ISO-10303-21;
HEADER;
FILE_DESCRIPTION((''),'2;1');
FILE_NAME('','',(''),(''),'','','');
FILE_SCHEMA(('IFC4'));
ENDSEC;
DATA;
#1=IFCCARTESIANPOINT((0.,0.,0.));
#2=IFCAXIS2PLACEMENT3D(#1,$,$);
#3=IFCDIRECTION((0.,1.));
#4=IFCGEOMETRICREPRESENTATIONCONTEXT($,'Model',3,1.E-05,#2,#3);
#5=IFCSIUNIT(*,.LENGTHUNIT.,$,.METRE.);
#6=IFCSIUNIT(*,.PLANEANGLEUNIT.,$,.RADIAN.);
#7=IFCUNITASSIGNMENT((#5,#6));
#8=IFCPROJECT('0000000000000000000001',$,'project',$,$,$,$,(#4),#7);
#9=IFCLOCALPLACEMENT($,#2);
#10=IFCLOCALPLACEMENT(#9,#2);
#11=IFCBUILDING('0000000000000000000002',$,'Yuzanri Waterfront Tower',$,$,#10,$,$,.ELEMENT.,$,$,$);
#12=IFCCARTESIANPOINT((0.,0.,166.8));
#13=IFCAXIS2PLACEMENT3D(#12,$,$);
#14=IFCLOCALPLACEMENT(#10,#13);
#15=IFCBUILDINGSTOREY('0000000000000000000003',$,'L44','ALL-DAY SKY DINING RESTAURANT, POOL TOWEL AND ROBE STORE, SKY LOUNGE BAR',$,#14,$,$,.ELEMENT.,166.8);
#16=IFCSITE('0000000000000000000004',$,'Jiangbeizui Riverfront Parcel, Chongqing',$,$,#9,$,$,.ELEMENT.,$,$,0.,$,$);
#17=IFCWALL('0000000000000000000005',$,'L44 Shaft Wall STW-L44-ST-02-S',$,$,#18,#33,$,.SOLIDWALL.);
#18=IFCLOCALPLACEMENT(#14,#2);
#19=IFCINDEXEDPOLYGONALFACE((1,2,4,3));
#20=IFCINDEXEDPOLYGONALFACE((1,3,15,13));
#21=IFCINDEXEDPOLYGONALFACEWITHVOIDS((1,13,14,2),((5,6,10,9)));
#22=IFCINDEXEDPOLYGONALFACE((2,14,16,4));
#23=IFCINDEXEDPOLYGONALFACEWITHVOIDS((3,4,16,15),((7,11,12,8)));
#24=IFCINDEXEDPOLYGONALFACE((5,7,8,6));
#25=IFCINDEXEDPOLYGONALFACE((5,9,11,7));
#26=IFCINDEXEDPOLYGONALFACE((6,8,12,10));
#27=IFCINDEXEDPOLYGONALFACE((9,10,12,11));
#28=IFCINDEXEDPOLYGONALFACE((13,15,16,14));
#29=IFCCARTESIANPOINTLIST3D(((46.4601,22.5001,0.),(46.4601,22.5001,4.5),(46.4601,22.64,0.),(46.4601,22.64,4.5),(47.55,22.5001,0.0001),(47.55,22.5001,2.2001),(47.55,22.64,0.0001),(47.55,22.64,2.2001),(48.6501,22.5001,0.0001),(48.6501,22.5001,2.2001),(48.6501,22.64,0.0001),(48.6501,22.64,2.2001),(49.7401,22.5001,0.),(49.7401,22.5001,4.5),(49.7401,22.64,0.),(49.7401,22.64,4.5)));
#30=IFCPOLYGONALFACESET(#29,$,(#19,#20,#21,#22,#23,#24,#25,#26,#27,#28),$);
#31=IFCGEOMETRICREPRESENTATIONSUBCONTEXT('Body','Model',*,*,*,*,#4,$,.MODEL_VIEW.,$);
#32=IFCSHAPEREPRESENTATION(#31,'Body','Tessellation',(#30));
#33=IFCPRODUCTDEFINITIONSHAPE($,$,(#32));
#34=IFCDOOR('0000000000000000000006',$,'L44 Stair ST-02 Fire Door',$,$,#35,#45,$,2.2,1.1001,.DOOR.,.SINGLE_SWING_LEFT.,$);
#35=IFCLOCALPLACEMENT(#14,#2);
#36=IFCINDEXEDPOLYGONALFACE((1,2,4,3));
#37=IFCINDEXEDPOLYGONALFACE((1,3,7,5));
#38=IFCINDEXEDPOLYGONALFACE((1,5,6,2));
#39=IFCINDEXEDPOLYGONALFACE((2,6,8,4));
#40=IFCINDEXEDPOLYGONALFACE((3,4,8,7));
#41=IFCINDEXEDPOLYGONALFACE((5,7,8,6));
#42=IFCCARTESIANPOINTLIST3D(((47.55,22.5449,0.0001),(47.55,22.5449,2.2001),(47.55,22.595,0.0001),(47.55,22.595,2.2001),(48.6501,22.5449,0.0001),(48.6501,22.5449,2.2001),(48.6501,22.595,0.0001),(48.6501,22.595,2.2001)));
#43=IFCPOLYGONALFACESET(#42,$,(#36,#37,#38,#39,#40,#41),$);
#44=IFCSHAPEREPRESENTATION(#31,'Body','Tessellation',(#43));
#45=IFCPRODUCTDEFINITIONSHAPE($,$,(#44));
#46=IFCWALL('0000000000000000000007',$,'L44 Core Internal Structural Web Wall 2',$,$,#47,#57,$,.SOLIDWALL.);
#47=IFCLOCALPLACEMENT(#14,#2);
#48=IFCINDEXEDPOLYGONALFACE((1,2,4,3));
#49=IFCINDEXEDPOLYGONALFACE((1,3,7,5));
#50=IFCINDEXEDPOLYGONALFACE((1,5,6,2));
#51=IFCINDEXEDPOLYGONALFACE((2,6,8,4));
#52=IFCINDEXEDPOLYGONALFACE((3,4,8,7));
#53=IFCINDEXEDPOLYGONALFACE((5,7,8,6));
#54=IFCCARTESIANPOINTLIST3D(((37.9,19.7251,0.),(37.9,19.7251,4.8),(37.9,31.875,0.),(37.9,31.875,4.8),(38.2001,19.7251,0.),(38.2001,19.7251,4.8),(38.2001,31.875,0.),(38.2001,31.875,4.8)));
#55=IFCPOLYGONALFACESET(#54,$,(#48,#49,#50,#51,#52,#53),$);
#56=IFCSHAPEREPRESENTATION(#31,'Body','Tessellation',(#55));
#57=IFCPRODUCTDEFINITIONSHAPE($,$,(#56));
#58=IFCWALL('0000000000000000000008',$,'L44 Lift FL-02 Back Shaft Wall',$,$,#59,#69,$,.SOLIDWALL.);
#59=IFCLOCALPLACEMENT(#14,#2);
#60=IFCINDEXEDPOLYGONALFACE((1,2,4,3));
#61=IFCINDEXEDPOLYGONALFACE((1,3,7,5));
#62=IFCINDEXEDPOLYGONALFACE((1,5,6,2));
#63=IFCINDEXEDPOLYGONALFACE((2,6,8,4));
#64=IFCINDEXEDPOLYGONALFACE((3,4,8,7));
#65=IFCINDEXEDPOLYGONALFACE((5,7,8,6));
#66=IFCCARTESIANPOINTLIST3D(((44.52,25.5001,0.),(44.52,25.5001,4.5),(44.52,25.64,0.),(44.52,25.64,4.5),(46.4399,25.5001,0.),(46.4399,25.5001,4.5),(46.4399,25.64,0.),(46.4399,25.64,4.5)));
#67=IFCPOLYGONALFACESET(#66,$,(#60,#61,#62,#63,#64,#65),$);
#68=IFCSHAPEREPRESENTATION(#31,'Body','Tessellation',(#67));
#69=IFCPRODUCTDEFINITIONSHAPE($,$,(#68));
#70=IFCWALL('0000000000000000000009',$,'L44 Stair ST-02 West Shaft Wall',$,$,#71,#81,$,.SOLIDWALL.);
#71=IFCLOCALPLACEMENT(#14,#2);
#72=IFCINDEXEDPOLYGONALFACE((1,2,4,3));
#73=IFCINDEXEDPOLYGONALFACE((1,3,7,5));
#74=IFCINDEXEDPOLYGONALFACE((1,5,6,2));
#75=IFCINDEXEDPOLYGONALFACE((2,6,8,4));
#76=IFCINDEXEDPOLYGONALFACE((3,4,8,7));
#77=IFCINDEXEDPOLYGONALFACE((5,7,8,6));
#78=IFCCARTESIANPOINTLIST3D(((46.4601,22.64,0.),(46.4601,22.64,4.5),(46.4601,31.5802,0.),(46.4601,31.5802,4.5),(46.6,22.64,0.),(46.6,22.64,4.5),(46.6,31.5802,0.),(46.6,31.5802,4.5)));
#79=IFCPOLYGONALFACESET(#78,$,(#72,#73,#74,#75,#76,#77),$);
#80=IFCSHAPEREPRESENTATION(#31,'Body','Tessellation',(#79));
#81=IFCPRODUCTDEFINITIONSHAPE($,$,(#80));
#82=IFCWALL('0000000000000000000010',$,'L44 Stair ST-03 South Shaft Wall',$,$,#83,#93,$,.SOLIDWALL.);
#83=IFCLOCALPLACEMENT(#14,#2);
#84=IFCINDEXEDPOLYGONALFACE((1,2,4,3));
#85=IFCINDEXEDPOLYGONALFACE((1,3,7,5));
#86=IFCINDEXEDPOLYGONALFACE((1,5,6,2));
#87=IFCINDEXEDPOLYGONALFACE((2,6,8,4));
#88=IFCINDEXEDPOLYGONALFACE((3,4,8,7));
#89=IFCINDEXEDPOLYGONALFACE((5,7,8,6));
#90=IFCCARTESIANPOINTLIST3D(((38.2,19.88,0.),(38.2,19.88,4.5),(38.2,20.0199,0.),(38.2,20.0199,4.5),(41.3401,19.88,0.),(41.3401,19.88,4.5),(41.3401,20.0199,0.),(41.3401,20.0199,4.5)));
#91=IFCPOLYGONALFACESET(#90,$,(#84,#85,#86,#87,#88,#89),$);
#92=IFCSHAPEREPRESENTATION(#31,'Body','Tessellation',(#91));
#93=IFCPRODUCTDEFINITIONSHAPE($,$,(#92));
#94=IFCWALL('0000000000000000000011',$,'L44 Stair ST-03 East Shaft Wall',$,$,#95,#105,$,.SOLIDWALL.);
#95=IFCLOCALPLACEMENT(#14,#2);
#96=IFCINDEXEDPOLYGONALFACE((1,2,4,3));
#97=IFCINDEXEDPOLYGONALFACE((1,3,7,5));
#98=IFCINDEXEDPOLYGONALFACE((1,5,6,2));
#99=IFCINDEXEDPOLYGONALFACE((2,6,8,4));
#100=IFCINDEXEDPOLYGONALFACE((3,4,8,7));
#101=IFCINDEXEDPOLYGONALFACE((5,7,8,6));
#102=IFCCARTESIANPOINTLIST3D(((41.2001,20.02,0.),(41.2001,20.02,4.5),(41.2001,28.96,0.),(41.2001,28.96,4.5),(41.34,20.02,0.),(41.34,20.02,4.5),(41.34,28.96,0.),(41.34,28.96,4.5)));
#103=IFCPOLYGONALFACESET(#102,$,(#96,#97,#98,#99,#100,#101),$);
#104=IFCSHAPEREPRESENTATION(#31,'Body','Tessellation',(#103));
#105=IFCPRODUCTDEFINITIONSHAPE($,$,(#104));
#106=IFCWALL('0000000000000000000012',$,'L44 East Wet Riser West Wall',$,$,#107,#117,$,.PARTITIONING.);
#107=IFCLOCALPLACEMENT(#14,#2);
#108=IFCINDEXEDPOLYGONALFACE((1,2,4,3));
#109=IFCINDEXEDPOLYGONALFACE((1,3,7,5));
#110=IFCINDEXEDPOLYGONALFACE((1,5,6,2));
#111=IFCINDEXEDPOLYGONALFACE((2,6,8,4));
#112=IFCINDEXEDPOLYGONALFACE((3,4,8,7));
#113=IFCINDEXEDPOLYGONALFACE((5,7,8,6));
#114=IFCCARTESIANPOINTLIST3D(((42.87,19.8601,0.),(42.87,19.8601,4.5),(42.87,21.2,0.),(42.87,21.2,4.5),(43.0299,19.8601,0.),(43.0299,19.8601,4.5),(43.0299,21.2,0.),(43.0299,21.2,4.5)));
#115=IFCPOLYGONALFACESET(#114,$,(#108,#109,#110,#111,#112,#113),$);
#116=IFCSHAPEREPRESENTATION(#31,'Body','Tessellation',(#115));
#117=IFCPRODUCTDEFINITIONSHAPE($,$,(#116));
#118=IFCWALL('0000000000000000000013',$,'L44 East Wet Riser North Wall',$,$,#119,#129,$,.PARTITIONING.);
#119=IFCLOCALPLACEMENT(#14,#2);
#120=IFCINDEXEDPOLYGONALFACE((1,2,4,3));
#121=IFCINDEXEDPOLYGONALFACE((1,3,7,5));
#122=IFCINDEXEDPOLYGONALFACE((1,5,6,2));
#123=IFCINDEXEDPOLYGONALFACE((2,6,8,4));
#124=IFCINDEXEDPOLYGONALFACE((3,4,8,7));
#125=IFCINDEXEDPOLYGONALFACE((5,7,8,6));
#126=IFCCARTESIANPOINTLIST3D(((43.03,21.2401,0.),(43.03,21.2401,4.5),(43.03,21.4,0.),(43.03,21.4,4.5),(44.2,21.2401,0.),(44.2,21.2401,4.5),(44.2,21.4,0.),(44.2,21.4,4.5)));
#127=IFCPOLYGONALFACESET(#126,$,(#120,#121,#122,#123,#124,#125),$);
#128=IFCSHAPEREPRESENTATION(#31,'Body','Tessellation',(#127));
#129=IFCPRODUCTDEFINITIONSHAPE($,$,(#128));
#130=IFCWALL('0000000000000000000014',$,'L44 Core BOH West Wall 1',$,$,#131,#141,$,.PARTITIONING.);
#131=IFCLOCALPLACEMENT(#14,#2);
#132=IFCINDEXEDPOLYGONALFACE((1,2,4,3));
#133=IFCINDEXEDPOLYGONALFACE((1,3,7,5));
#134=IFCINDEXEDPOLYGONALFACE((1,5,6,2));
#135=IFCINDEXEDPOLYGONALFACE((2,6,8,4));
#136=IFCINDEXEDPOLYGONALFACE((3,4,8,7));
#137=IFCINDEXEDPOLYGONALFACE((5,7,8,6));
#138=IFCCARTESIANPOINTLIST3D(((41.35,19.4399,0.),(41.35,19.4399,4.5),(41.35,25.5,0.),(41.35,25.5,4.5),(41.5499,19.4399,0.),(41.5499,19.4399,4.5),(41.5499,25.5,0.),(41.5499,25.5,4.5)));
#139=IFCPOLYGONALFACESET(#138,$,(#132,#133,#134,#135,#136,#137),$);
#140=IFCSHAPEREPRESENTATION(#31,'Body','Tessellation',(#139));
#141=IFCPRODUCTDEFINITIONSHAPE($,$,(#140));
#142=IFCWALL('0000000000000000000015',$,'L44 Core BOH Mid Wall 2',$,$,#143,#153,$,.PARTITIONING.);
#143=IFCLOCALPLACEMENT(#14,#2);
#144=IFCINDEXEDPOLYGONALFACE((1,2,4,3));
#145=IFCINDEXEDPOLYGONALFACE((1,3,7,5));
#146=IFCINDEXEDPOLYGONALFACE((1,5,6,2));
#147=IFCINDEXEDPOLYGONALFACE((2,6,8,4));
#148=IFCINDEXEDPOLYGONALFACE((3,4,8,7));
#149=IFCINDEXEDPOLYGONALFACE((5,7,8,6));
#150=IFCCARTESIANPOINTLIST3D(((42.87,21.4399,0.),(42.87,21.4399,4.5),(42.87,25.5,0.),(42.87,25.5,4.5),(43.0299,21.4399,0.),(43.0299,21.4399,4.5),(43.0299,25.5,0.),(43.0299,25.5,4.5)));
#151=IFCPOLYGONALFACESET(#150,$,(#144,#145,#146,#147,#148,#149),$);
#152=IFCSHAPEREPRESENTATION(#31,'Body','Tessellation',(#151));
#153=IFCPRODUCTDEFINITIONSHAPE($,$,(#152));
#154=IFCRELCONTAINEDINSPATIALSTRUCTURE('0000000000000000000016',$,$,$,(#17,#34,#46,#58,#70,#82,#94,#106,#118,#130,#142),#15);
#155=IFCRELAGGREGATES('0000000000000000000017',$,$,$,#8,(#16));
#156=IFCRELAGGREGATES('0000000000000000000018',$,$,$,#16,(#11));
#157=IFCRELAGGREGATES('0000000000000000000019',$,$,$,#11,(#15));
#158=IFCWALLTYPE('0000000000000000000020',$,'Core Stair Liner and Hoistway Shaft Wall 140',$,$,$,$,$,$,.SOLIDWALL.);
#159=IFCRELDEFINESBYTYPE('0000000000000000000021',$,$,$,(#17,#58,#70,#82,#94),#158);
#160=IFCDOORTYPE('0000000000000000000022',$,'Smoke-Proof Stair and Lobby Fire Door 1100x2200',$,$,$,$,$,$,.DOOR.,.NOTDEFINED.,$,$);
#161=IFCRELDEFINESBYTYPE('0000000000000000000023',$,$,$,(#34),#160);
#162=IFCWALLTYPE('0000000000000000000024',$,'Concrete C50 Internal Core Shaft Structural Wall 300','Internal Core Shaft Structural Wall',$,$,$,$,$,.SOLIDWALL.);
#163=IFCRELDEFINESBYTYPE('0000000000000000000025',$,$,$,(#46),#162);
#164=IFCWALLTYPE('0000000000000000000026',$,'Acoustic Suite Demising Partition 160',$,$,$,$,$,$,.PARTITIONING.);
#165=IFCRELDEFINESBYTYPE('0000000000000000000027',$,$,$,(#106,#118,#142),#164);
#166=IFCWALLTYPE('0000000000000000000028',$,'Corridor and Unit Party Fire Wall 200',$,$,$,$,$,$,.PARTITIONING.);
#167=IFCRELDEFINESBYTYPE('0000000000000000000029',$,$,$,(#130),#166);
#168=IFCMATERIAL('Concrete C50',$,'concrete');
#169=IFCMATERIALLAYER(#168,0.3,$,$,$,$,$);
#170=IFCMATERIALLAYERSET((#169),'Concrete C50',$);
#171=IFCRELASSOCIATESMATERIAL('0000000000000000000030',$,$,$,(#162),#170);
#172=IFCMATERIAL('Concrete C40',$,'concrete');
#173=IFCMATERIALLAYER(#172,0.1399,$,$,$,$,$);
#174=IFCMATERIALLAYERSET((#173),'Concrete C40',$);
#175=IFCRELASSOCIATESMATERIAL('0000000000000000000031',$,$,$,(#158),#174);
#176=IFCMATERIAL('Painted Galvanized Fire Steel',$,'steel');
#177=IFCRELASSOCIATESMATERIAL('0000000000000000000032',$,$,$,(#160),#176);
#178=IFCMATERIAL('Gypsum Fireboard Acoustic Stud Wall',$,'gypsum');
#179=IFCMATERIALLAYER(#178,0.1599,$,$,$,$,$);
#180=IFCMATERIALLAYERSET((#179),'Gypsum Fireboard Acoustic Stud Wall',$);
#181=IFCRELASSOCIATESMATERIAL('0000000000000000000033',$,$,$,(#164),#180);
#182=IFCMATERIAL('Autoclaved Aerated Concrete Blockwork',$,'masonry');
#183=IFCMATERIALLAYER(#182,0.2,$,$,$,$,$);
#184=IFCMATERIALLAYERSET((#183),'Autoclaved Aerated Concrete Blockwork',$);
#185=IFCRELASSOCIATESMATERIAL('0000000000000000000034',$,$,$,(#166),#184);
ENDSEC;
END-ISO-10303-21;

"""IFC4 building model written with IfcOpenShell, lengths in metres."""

from ifc_helpers import new_model, si_unit, direction, frame, frame_2d, origin, place, context, subcontext, project, spatial, rectangle, extrude, source, transform, mapped, material, layer, layer_set, type_object, element, fill, save


model = new_model("IFC4")

# Units and contexts
model_context = context("Model", 3, precision=1e-05, world=origin(), true_north=direction((0.0, 1.0)))
body_context = subcontext(model_context, "Body", "Model", "MODEL_VIEW")
ifc_project = project(units=[si_unit("LENGTHUNIT", "METRE"), si_unit("PLANEANGLEUNIT", "RADIAN")], contexts=[model_context])

# Site, building, storey
site_placement = place(None, origin())
site = spatial("IfcSite", under=ifc_project, at=site_placement, Name="Jiangbeizui Riverfront Parcel, Chongqing", CompositionType="ELEMENT", RefElevation=0.0)
building_placement = place(site_placement, origin())
building = spatial("IfcBuilding", under=site, at=building_placement, Name="Yuzanri Waterfront Tower", CompositionType="ELEMENT")
storey_placement = place(building_placement, frame((0.0, 0.0, 166.8)))
storey = spatial("IfcBuildingStorey", under=building, at=storey_placement, Name="L44", Description="ALL-DAY SKY DINING RESTAURANT, POOL TOWEL AND ROBE STORE, SKY LOUNGE BAR", CompositionType="ELEMENT", Elevation=166.8)

# Shared definitions
ifc_material_1 = material(Name="Concrete C50", Category="concrete")
ifc_layer_1 = layer(ifc_material_1, 0.3)
ifc_layer_set_1 = layer_set([ifc_layer_1], Name="Concrete C50")
wall_type_1 = type_object("IfcWallType", Name="Concrete C50 Internal Core Shaft Structural Wall 300", Description="Internal Core Shaft Structural Wall", PredefinedType="SOLIDWALL", material=ifc_layer_set_1)

# Wall, opening, door
ifc_material_2 = material(Name="Concrete C40", Category="concrete")
ifc_layer_2 = layer(ifc_material_2, 0.1399)
ifc_layer_set_2 = layer_set([ifc_layer_2], Name="Concrete C40")
wall_type_2 = type_object("IfcWallType", Name="Core Stair Liner and Hoistway Shaft Wall 140", PredefinedType="SOLIDWALL", material=ifc_layer_set_2)
wall_1_placement = place(storey_placement, frame((46.46, 22.5701, 0.0), z_axis=(0.0, 0.0, 1.0), x_axis=(1.0, 0.0, 0.0)))
wall_1 = element("IfcWall", 1, at=wall_1_placement, inside=storey, type_object=wall_type_2, Name="L44 Shaft Wall STW-L44-ST-02-S", PredefinedType="SOLIDWALL", context=body_context, shape_type="SweptSolid", body=[
    extrude(rectangle(XDim=3.28, YDim=0.1399, at=frame_2d((1.6401, 0.0))), origin(), (0.0, 0.0, 1.0), 4.5),
])
opening_1_placement = place(wall_1_placement, frame((1.0901, 0.0, 0.0)))
opening_1 = element("IfcOpeningElement", 2, at=opening_1_placement, cuts=wall_1, PredefinedType="OPENING", context=body_context, shape_type="SweptSolid", body=[
    extrude(rectangle(XDim=1.1001, YDim=2.2, at=frame_2d((0.55, 1.1001))), frame((0.0, 0.085, 0.0), z_axis=(0.0, -1.0, 0.0), x_axis=(1.0, 0.0, 0.0)), (0.0, 0.0, 1.0), 0.1697),
])
ifc_material_3 = material(Name="Painted Galvanized Fire Steel", Category="steel")
door_type_1 = type_object("IfcDoorType", Name="Smoke-Proof Stair and Lobby Fire Door 1100x2200", OperationType="NOTDEFINED", PredefinedType="DOOR", material=ifc_material_3)
shared_shape_1 = source(origin(), body_context, "Body", "SweptSolid", [
    extrude(rectangle(XDim=1.1001, YDim=2.2, at=frame_2d((0.55, 1.1001))), frame((0.0, 0.0249, 0.0), z_axis=(0.0, -1.0, 0.0), x_axis=(1.0, 0.0, 0.0)), (0.0, 0.0, 1.0), 0.05),
])
door_1_placement = place(opening_1_placement, origin())
door_1 = element("IfcDoor", 3, at=door_1_placement, inside=storey, type_object=door_type_1, Name="L44 Stair ST-02 Fire Door", OperationType="SINGLE_SWING_LEFT", OverallHeight=2.2, OverallWidth=1.1001, PredefinedType="DOOR", context=body_context, shape_type="MappedRepresentation", body=[
    mapped(shared_shape_1, transform((0.0, 0.0, 0.0), scale=1.0)),
])
fill(opening_1, door_1)

# Walls
shared_shape_2 = source(origin(), body_context, "Body", "SweptSolid", [
    extrude(rectangle(XDim=12.1499, YDim=0.3, at=frame_2d((6.075, 0.0))), origin(), (0.0, 0.0, 1.0), 4.8),
])
wall_2_placement = place(storey_placement, frame((38.05, 19.7251, 0.0), z_axis=(0.0, 0.0, 1.0), x_axis=(0.0, 1.0, 0.0)))
element("IfcWall", 4, at=wall_2_placement, inside=storey, type_object=wall_type_1, Name="L44 Core Internal Structural Web Wall 2", PredefinedType="SOLIDWALL", context=body_context, shape_type="MappedRepresentation", body=[
    mapped(shared_shape_2, transform((0.0, 0.0, 0.0), scale=1.0)),
])
shared_shape_3 = source(origin(), body_context, "Body", "SweptSolid", [
    extrude(rectangle(XDim=1.9199, YDim=0.1399, at=frame_2d((0.96, 0.0))), origin(), (0.0, 0.0, 1.0), 4.5),
])
wall_3_placement = place(storey_placement, frame((44.52, 25.5701, 0.0), z_axis=(0.0, 0.0, 1.0), x_axis=(1.0, 0.0, 0.0)))
element("IfcWall", 5, at=wall_3_placement, inside=storey, type_object=wall_type_2, Name="L44 Lift FL-02 Back Shaft Wall", PredefinedType="SOLIDWALL", context=body_context, shape_type="MappedRepresentation", body=[
    mapped(shared_shape_3, transform((0.0, 0.0, 0.0), scale=1.0)),
])
shared_shape_4 = source(origin(), body_context, "Body", "SweptSolid", [
    extrude(rectangle(XDim=8.9402, YDim=0.1399, at=frame_2d((4.4702, 0.0))), origin(), (0.0, 0.0, 1.0), 4.5),
])
wall_4_placement = place(storey_placement, frame((46.53, 22.6399, 0.0), z_axis=(0.0, 0.0, 1.0), x_axis=(0.0, 1.0, 0.0)))
element("IfcWall", 6, at=wall_4_placement, inside=storey, type_object=wall_type_2, Name="L44 Stair ST-02 West Shaft Wall", PredefinedType="SOLIDWALL", context=body_context, shape_type="MappedRepresentation", body=[
    mapped(shared_shape_4, transform((0.0, 0.0, 0.0), scale=1.0)),
])
shared_shape_5 = source(origin(), body_context, "Body", "SweptSolid", [
    extrude(rectangle(XDim=3.1401, YDim=0.1399, at=frame_2d((1.5701, 0.0))), origin(), (0.0, 0.0, 1.0), 4.5),
])
wall_5_placement = place(storey_placement, frame((38.2, 19.95, 0.0), z_axis=(0.0, 0.0, 1.0), x_axis=(1.0, 0.0, 0.0)))
element("IfcWall", 7, at=wall_5_placement, inside=storey, type_object=wall_type_2, Name="L44 Stair ST-03 South Shaft Wall", PredefinedType="SOLIDWALL", context=body_context, shape_type="MappedRepresentation", body=[
    mapped(shared_shape_5, transform((0.0, 0.0, 0.0), scale=1.0)),
])
shared_shape_6 = source(origin(), body_context, "Body", "SweptSolid", [
    extrude(rectangle(XDim=8.9399, YDim=0.1399, at=frame_2d((4.47, 0.0))), origin(), (0.0, 0.0, 1.0), 4.5),
])
wall_6_placement = place(storey_placement, frame((41.27, 20.02, 0.0), z_axis=(0.0, 0.0, 1.0), x_axis=(0.0, 1.0, 0.0)))
element("IfcWall", 8, at=wall_6_placement, inside=storey, type_object=wall_type_2, Name="L44 Stair ST-03 East Shaft Wall", PredefinedType="SOLIDWALL", context=body_context, shape_type="MappedRepresentation", body=[
    mapped(shared_shape_6, transform((0.0, 0.0, 0.0), scale=1.0)),
])
ifc_material_4 = material(Name="Gypsum Fireboard Acoustic Stud Wall", Category="gypsum")
ifc_layer_3 = layer(ifc_material_4, 0.1599)
ifc_layer_set_3 = layer_set([ifc_layer_3], Name="Gypsum Fireboard Acoustic Stud Wall")
wall_type_3 = type_object("IfcWallType", Name="Acoustic Suite Demising Partition 160", PredefinedType="PARTITIONING", material=ifc_layer_set_3)
shared_shape_7 = source(origin(), body_context, "Body", "SweptSolid", [
    extrude(rectangle(XDim=1.3398, YDim=0.1599, at=frame_2d((0.6699, 0.0))), origin(), (0.0, 0.0, 1.0), 4.5),
])
wall_7_placement = place(storey_placement, frame((42.95, 19.8601, 0.0), z_axis=(0.0, 0.0, 1.0), x_axis=(0.0, 1.0, 0.0)))
element("IfcWall", 9, at=wall_7_placement, inside=storey, type_object=wall_type_3, Name="L44 East Wet Riser West Wall", PredefinedType="PARTITIONING", context=body_context, shape_type="MappedRepresentation", body=[
    mapped(shared_shape_7, transform((0.0, 0.0, 0.0), scale=1.0)),
])
shared_shape_8 = source(origin(), body_context, "Body", "SweptSolid", [
    extrude(rectangle(XDim=1.1699, YDim=0.1599, at=frame_2d((0.585, 0.0))), origin(), (0.0, 0.0, 1.0), 4.5),
])
wall_8_placement = place(storey_placement, frame((43.03, 21.3201, 0.0), z_axis=(0.0, 0.0, 1.0), x_axis=(1.0, 0.0, 0.0)))
element("IfcWall", 10, at=wall_8_placement, inside=storey, type_object=wall_type_3, Name="L44 East Wet Riser North Wall", PredefinedType="PARTITIONING", context=body_context, shape_type="MappedRepresentation", body=[
    mapped(shared_shape_8, transform((0.0, 0.0, 0.0), scale=1.0)),
])
ifc_material_5 = material(Name="Autoclaved Aerated Concrete Blockwork", Category="masonry")
ifc_layer_4 = layer(ifc_material_5, 0.2)
ifc_layer_set_4 = layer_set([ifc_layer_4], Name="Autoclaved Aerated Concrete Blockwork")
wall_type_4 = type_object("IfcWallType", Name="Corridor and Unit Party Fire Wall 200", PredefinedType="PARTITIONING", material=ifc_layer_set_4)
shared_shape_9 = source(origin(), body_context, "Body", "SweptSolid", [
    extrude(rectangle(XDim=6.0601, YDim=0.2, at=frame_2d((3.03, 0.0))), origin(), (0.0, 0.0, 1.0), 4.5),
])
wall_9_placement = place(storey_placement, frame((41.45, 19.4399, 0.0), z_axis=(0.0, 0.0, 1.0), x_axis=(0.0, 1.0, 0.0)))
element("IfcWall", 11, at=wall_9_placement, inside=storey, type_object=wall_type_4, Name="L44 Core BOH West Wall 1", PredefinedType="PARTITIONING", context=body_context, shape_type="MappedRepresentation", body=[
    mapped(shared_shape_9, transform((0.0, 0.0, 0.0), scale=1.0)),
])
shared_shape_10 = source(origin(), body_context, "Body", "SweptSolid", [
    extrude(rectangle(XDim=4.0601, YDim=0.1599, at=frame_2d((2.03, 0.0))), origin(), (0.0, 0.0, 1.0), 4.5),
])
wall_10_placement = place(storey_placement, frame((42.95, 21.4399, 0.0), z_axis=(0.0, 0.0, 1.0), x_axis=(0.0, 1.0, 0.0)))
element("IfcWall", 12, at=wall_10_placement, inside=storey, type_object=wall_type_3, Name="L44 Core BOH Mid Wall 2", PredefinedType="PARTITIONING", context=body_context, shape_type="MappedRepresentation", body=[
    mapped(shared_shape_10, transform((0.0, 0.0, 0.0), scale=1.0)),
])

save(model, "model.ifc")
